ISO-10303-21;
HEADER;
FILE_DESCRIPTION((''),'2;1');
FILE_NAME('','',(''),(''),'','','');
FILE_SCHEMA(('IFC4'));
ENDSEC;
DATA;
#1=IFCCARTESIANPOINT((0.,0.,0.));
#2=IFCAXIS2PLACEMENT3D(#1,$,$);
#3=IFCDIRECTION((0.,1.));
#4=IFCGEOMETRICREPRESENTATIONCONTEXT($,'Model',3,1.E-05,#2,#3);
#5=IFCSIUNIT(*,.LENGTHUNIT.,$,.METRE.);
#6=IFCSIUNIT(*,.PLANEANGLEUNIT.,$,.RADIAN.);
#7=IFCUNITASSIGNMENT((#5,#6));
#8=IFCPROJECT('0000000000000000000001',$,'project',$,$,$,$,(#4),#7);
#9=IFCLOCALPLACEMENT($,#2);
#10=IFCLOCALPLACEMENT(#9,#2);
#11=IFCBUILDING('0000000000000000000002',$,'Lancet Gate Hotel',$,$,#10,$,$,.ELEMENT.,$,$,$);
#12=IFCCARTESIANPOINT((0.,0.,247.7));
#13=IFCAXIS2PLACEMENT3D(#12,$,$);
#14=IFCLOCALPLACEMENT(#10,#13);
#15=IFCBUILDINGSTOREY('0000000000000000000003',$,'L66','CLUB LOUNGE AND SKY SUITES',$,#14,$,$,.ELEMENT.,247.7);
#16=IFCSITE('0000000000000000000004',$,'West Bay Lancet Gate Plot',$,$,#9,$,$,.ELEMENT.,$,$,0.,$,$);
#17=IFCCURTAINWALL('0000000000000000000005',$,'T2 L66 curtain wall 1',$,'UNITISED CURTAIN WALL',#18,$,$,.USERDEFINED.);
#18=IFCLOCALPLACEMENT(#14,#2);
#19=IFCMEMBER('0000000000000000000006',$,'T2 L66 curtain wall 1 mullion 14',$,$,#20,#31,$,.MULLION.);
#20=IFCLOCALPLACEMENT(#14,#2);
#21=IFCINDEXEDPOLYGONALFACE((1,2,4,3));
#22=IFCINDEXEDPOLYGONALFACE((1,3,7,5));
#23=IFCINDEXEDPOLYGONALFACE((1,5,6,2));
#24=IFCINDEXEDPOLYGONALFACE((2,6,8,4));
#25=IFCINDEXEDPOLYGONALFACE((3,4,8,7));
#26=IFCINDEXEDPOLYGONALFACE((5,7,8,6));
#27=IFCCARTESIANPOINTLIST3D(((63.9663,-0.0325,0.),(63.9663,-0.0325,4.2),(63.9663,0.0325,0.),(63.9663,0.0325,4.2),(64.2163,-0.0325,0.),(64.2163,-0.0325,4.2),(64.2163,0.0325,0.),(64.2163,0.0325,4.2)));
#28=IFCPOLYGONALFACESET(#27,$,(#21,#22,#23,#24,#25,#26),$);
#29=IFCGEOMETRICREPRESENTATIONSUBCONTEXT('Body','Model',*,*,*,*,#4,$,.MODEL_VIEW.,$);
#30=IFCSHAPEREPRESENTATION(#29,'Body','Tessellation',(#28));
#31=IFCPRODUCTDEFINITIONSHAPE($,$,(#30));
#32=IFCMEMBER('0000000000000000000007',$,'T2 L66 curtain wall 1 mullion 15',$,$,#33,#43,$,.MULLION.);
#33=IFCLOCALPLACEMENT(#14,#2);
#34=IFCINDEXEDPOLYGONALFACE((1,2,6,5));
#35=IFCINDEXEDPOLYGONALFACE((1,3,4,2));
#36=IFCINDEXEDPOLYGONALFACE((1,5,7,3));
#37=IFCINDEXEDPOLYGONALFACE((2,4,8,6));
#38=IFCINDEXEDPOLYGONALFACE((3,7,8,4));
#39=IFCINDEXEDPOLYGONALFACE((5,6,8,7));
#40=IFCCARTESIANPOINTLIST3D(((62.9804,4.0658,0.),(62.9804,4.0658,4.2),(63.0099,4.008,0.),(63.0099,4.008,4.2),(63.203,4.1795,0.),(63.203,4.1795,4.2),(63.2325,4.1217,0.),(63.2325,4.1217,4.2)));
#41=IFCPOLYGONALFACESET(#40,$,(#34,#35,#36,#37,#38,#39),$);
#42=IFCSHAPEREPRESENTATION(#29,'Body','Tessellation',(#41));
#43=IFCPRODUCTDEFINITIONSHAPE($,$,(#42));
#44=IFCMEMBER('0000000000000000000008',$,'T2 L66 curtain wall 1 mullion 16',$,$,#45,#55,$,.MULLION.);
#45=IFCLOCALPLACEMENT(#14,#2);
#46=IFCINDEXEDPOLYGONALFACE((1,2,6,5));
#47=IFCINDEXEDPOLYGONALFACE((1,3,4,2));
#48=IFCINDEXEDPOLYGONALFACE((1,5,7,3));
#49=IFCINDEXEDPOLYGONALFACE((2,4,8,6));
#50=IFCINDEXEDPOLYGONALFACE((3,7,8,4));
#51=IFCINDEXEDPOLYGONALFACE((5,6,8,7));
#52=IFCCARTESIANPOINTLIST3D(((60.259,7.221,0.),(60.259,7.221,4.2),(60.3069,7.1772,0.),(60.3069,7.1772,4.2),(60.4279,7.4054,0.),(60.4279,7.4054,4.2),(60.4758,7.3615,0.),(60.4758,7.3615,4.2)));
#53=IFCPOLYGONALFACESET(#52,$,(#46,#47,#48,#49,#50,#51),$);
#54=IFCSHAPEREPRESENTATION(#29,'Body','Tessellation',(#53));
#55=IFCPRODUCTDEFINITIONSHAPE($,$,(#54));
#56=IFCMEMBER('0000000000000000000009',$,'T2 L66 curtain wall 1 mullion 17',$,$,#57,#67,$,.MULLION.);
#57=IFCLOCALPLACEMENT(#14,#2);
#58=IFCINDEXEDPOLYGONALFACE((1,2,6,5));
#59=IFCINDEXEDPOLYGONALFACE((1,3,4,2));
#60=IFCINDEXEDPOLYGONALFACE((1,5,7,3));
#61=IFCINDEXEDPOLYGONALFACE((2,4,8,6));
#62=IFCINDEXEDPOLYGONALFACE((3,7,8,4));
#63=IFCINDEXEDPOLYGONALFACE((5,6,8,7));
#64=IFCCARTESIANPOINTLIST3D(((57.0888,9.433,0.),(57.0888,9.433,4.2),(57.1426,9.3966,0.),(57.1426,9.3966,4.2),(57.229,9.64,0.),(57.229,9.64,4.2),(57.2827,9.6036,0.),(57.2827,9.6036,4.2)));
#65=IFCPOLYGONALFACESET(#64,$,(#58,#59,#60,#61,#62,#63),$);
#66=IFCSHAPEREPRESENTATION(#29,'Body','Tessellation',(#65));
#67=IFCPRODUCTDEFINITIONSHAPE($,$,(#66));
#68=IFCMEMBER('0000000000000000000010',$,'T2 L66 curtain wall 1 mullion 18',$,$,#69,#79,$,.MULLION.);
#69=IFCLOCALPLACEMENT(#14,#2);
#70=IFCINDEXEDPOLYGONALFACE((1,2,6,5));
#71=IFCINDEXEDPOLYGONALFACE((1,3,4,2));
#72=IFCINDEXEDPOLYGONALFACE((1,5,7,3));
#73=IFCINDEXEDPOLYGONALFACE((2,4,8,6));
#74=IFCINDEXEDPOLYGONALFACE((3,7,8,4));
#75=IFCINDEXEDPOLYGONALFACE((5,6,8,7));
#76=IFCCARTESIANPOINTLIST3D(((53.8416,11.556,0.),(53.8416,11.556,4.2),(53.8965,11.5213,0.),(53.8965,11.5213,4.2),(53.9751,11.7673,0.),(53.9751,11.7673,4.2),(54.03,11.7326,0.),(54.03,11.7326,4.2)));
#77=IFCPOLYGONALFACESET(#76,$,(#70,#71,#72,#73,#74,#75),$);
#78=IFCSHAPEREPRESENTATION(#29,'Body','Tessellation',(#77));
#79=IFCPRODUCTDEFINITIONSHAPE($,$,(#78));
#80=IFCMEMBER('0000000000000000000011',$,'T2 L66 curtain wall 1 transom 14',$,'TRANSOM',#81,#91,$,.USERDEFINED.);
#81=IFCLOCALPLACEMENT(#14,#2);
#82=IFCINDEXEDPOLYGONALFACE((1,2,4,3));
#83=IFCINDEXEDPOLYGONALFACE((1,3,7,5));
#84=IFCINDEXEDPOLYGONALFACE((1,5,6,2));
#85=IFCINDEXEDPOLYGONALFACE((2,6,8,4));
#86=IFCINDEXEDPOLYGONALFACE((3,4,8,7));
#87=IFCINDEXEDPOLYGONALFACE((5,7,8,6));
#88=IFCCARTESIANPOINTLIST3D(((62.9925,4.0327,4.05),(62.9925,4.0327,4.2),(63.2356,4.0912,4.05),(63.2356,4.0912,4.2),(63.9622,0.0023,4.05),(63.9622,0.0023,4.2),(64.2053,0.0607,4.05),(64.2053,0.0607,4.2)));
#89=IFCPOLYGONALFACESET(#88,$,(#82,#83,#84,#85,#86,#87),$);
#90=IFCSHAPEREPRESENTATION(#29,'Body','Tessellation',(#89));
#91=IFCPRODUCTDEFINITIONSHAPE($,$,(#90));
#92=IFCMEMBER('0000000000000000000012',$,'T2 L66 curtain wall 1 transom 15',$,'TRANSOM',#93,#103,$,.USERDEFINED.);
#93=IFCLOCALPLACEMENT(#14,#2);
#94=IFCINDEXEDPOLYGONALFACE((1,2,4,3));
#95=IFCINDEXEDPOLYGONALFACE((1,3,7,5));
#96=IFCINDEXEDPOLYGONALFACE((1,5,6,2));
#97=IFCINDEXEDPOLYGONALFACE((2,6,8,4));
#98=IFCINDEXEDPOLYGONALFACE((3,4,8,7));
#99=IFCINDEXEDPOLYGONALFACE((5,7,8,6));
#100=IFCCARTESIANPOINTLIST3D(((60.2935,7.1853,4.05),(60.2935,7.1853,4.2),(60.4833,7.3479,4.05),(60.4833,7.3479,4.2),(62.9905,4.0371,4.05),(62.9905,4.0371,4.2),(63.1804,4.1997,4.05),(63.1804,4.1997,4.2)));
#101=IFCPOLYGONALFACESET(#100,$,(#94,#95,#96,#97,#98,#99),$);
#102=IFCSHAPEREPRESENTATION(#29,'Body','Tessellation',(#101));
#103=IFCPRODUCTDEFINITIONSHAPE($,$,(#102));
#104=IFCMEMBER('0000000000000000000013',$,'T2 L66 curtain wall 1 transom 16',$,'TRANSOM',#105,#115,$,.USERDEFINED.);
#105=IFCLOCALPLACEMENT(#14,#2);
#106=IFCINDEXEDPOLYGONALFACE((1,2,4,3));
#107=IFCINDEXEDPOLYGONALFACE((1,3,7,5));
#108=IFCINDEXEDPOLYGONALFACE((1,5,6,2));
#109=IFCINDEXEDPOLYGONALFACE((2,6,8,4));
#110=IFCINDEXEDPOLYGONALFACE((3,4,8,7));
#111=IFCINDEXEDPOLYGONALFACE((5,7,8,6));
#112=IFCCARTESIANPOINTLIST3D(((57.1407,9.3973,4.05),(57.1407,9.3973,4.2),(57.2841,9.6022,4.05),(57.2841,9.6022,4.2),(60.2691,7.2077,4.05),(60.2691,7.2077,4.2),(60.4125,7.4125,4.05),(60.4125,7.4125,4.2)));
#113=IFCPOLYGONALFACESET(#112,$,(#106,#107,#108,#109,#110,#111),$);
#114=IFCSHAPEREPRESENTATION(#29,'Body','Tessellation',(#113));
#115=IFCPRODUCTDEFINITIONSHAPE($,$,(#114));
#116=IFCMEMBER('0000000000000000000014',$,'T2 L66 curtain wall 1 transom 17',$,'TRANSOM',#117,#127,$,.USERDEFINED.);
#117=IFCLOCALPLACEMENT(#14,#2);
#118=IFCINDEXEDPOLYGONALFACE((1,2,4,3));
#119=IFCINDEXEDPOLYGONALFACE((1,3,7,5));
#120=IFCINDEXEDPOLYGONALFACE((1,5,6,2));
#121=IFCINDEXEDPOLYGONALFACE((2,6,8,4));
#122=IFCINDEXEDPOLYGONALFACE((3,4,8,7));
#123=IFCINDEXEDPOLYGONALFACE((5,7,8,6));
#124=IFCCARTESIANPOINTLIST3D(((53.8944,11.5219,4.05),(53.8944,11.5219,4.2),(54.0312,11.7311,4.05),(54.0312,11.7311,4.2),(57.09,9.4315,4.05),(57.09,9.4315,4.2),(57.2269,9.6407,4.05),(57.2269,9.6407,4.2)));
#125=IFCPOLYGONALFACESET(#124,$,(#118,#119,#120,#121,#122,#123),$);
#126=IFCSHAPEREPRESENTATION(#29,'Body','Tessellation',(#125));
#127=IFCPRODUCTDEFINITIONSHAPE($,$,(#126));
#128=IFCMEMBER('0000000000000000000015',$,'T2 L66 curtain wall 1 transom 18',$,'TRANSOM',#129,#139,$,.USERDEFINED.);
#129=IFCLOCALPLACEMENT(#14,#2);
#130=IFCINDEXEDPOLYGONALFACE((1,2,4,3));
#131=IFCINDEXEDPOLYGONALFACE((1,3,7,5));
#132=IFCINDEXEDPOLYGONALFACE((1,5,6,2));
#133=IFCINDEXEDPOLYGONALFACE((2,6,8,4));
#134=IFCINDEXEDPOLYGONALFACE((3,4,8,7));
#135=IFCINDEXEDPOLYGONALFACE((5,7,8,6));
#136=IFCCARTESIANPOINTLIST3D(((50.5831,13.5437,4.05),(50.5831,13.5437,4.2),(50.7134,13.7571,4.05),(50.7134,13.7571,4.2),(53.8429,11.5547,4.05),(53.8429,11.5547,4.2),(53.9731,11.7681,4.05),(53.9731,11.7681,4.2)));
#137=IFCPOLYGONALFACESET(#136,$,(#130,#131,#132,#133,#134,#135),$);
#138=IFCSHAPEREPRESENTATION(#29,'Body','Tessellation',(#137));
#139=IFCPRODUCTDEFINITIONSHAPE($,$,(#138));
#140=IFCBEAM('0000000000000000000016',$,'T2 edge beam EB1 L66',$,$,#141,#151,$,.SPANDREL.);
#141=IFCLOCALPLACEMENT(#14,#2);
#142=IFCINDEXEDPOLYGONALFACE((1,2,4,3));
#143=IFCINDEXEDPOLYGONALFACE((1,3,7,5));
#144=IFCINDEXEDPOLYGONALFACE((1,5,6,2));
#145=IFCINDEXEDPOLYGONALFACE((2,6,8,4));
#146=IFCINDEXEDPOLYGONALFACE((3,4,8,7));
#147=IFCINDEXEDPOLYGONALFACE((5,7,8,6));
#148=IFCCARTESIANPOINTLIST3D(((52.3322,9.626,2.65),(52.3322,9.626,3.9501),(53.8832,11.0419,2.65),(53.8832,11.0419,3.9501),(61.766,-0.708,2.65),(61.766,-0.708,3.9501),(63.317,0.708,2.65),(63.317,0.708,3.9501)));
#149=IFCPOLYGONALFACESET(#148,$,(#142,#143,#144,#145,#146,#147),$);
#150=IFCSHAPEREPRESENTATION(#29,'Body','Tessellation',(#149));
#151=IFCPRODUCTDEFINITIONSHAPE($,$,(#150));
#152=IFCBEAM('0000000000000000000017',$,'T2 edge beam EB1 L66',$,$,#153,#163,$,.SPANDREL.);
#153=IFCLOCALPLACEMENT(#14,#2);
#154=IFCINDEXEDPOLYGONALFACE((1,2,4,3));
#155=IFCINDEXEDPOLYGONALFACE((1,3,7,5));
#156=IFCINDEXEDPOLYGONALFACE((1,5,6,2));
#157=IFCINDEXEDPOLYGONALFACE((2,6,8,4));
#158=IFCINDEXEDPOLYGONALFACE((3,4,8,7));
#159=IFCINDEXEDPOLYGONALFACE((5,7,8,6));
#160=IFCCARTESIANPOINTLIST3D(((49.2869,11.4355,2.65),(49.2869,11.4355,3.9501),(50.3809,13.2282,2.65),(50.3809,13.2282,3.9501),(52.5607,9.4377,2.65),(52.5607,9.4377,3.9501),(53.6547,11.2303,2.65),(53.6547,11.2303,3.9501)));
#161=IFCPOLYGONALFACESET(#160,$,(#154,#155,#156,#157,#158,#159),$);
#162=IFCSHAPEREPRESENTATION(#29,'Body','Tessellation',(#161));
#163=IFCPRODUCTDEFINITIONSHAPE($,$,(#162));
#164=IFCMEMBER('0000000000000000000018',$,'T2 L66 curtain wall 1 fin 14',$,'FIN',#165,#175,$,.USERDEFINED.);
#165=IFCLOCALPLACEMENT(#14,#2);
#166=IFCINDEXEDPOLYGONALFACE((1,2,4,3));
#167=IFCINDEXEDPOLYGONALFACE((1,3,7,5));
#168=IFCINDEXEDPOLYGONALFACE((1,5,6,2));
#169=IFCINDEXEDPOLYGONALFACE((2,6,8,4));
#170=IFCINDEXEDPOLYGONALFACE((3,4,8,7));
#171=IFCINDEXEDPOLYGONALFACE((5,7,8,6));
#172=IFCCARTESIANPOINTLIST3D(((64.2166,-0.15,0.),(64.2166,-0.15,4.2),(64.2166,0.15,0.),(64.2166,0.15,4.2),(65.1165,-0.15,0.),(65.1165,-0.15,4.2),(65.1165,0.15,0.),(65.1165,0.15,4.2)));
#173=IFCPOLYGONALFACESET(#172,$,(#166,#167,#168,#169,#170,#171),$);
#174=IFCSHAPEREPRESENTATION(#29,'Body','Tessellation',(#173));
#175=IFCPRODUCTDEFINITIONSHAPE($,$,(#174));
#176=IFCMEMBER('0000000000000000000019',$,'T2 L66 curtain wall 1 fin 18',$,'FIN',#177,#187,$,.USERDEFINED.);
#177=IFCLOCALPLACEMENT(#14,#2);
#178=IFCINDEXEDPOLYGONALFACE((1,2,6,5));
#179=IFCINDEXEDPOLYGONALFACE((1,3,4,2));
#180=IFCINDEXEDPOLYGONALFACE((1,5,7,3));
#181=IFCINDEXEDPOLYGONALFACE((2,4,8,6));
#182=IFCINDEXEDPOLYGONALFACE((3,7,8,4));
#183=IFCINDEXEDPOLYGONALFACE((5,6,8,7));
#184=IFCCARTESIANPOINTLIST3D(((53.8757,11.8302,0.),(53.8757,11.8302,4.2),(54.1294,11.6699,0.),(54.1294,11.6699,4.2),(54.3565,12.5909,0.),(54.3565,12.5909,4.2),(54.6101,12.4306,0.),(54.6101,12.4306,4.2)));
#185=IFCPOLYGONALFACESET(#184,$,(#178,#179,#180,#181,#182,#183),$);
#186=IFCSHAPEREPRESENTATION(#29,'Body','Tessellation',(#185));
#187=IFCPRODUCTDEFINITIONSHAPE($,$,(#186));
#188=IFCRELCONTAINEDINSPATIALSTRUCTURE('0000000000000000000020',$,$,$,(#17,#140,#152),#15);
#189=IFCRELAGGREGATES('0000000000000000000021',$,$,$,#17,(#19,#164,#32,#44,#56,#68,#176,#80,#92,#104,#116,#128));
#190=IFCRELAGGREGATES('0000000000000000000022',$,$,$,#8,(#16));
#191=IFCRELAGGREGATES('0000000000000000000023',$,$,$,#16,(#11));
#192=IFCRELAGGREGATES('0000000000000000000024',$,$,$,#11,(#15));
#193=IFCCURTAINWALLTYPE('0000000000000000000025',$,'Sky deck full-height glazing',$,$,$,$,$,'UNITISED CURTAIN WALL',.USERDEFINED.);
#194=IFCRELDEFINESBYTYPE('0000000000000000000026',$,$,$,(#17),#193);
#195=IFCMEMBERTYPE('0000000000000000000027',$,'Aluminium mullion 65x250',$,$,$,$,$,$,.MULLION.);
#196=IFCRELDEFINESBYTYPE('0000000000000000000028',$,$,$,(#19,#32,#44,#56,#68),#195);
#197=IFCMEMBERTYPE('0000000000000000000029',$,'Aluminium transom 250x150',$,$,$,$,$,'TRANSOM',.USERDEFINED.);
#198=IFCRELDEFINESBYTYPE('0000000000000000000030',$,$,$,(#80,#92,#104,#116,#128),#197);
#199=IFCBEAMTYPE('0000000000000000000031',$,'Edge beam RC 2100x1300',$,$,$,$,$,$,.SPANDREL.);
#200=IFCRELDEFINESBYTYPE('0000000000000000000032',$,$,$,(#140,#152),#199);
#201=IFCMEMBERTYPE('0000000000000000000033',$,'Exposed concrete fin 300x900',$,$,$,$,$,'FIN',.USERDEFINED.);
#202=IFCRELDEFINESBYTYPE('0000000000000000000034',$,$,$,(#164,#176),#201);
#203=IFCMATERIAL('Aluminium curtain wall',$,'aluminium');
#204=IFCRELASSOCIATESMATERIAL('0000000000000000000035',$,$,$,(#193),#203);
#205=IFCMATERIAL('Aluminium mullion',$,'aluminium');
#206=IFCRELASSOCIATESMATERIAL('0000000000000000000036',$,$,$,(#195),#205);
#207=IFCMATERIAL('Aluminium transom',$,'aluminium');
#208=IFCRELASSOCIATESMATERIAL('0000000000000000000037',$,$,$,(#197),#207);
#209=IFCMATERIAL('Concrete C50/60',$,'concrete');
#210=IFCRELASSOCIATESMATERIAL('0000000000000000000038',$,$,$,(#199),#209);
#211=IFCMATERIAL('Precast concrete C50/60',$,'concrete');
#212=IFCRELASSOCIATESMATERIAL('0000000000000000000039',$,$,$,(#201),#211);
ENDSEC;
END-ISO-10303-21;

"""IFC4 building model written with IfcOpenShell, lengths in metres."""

from ifc_helpers import new_model, si_unit, direction, frame, origin, origin_2d, place, context, subcontext, project, spatial, rectangle, extrude, material, material_profile, profile_set, type_object, element, aggregate, save


model = new_model("IFC4")

# Units and contexts
model_context = context("Model", 3, precision=1e-05, world=origin(), true_north=direction((0.0, 1.0)))
body_context = subcontext(model_context, "Body", "Model", "MODEL_VIEW")
ifc_project = project(units=[si_unit("LENGTHUNIT", "METRE"), si_unit("PLANEANGLEUNIT", "RADIAN")], contexts=[model_context])

# Site, building, storey
site_placement = place(None, origin())
site = spatial("IfcSite", under=ifc_project, at=site_placement, Name="West Bay Lancet Gate Plot", CompositionType="ELEMENT", RefElevation=0.0)
building_placement = place(site_placement, origin())
building = spatial("IfcBuilding", under=site, at=building_placement, Name="Lancet Gate Hotel", CompositionType="ELEMENT")
storey_placement = place(building_placement, frame((0.0, 0.0, 247.7)))
storey = spatial("IfcBuildingStorey", under=building, at=storey_placement, Name="L66", Description="CLUB LOUNGE AND SKY SUITES", CompositionType="ELEMENT", Elevation=247.7)

# Curtain wall, members
ifc_material_1 = material(Name="Aluminium curtain wall", Category="aluminium")
curtain_wall_type = type_object("IfcCurtainWallType", Name="Sky deck full-height glazing", ElementType="UNITISED CURTAIN WALL", PredefinedType="USERDEFINED", material=ifc_material_1)
curtain_wall_placement = place(storey_placement, origin())
curtain_wall = element("IfcCurtainWall", 1, at=curtain_wall_placement, inside=storey, type_object=curtain_wall_type, Name="T2 L66 curtain wall 1", ObjectType="UNITISED CURTAIN WALL", PredefinedType="USERDEFINED")
ifc_material_2 = material(Name="Aluminium mullion", Category="aluminium")
ifc_material_profile_1 = material_profile(ifc_material_2, rectangle(XDim=0.0649, YDim=0.25, at=origin_2d()), Name="MULLION 65x250")
ifc_profile_set_1 = profile_set([ifc_material_profile_1], Name="Aluminium mullion")
member_type_1 = type_object("IfcMemberType", Name="Aluminium mullion 65x250", PredefinedType="MULLION", material=ifc_profile_set_1)
member_1_placement = place(storey_placement, frame((64.0913, 0.0, 0.0), z_axis=(0.0, 0.0, 1.0), x_axis=(0.0, 1.0, 0.0)))
member_1 = element("IfcMember", 2, at=member_1_placement, type_object=member_type_1, Name="T2 L66 curtain wall 1 mullion 14", PredefinedType="MULLION", context=body_context, shape_type="SweptSolid", body=[
    extrude(rectangle(XDim=0.0649, YDim=0.25, at=origin_2d()), origin(), (0.0, 0.0, 1.0), 4.2),
])
member_2_placement = place(storey_placement, frame((63.1064, 4.0938, 0.0), z_axis=(0.0, 0.0, 1.0), x_axis=(-0.454853, 0.890567, 0.0)))
member_2 = element("IfcMember", 3, at=member_2_placement, type_object=member_type_1, Name="T2 L66 curtain wall 1 mullion 15", PredefinedType="MULLION", context=body_context, shape_type="SweptSolid", body=[
    extrude(rectangle(XDim=0.0649, YDim=0.25, at=origin_2d()), origin(), (0.0, 0.0, 1.0), 4.2),
])
member_3_placement = place(storey_placement, frame((60.3674, 7.2913, 0.0), z_axis=(0.0, 0.0, 1.0), x_axis=(-0.737323, 0.67554, 0.0)))
member_3 = element("IfcMember", 4, at=member_3_placement, type_object=member_type_1, Name="T2 L66 curtain wall 1 mullion 16", PredefinedType="MULLION", context=body_context, shape_type="SweptSolid", body=[
    extrude(rectangle(XDim=0.0649, YDim=0.25, at=origin_2d()), origin(), (0.0, 0.0, 1.0), 4.2),
])
member_4_placement = place(storey_placement, frame((57.1858, 9.5183, 0.0), z_axis=(0.0, 0.0, 1.0), x_axis=(-0.828155, 0.5605, 0.0)))
member_4 = element("IfcMember", 5, at=member_4_placement, type_object=member_type_1, Name="T2 L66 curtain wall 1 mullion 17", PredefinedType="MULLION", context=body_context, shape_type="SweptSolid", body=[
    extrude(rectangle(XDim=0.0649, YDim=0.25, at=origin_2d()), origin(), (0.0, 0.0, 1.0), 4.2),
])
member_5_placement = place(storey_placement, frame((53.9358, 11.6443, 0.0), z_axis=(0.0, 0.0, 1.0), x_axis=(-0.84534, 0.534229, 0.0)))
member_5 = element("IfcMember", 6, at=member_5_placement, type_object=member_type_1, Name="T2 L66 curtain wall 1 mullion 18", PredefinedType="MULLION", context=body_context, shape_type="SweptSolid", body=[
    extrude(rectangle(XDim=0.0649, YDim=0.25, at=origin_2d()), origin(), (0.0, 0.0, 1.0), 4.2),
])
ifc_material_3 = material(Name="Aluminium transom", Category="aluminium")
ifc_material_profile_2 = material_profile(ifc_material_3, rectangle(XDim=0.25, YDim=0.1499, at=origin_2d()), Name="TRANSOM 250x150")
ifc_profile_set_2 = profile_set([ifc_material_profile_2], Name="Aluminium transom")
member_type_2 = type_object("IfcMemberType", Name="Aluminium transom 250x150", ElementType="TRANSOM", PredefinedType="USERDEFINED", material=ifc_profile_set_2)
member_6_placement = place(storey_placement, frame((64.0837, 0.0315, 4.125), z_axis=(-0.233921, 0.972256, 0.0), x_axis=(-0.972256, -0.233921, 0.0)))
member_6 = element("IfcMember", 7, at=member_6_placement, type_object=member_type_2, Name="T2 L66 curtain wall 1 transom 14", ObjectType="TRANSOM", PredefinedType="USERDEFINED", context=body_context, shape_type="SweptSolid", body=[
    extrude(rectangle(XDim=0.25, YDim=0.1499, at=origin_2d()), origin(), (0.0, 0.0, 1.0), 4.1455),
])
member_7_placement = place(storey_placement, frame((63.0854, 4.1184, 4.125), z_axis=(-0.650593, 0.759427, 0.0), x_axis=(-0.759427, -0.650593, 0.0)))
member_7 = element("IfcMember", 8, at=member_7_placement, type_object=member_type_2, Name="T2 L66 curtain wall 1 transom 15", ObjectType="TRANSOM", PredefinedType="USERDEFINED", context=body_context, shape_type="SweptSolid", body=[
    extrude(rectangle(XDim=0.25, YDim=0.1499, at=origin_2d()), origin(), (0.0, 0.0, 1.0), 4.1455),
])
member_8_placement = place(storey_placement, frame((60.3408, 7.3101, 4.125), z_axis=(-0.819256, 0.573428, 0.0), x_axis=(-0.573428, -0.819256, 0.0)))
member_8 = element("IfcMember", 9, at=member_8_placement, type_object=member_type_2, Name="T2 L66 curtain wall 1 transom 16", ObjectType="TRANSOM", PredefinedType="USERDEFINED", context=body_context, shape_type="SweptSolid", body=[
    extrude(rectangle(XDim=0.25, YDim=0.1499, at=origin_2d()), origin(), (0.0, 0.0, 1.0), 3.8186),
])
member_9_placement = place(storey_placement, frame((57.1584, 9.5361, 4.125), z_axis=(-0.836858, 0.54742, 0.0), x_axis=(-0.54742, -0.836858, 0.0)))
member_9 = element("IfcMember", 10, at=member_9_placement, type_object=member_type_2, Name="T2 L66 curtain wall 1 transom 17", ObjectType="TRANSOM", PredefinedType="USERDEFINED", context=body_context, shape_type="SweptSolid", body=[
    extrude(rectangle(XDim=0.25, YDim=0.1499, at=origin_2d()), origin(), (0.0, 0.0, 1.0), 3.8186),
])
member_10_placement = place(storey_placement, frame((53.908, 11.6614, 4.125), z_axis=(-0.853639, 0.520865, 0.0), x_axis=(-0.520865, -0.853639, 0.0)))
member_10 = element("IfcMember", 11, at=member_10_placement, type_object=member_type_2, Name="T2 L66 curtain wall 1 transom 18", ObjectType="TRANSOM", PredefinedType="USERDEFINED", context=body_context, shape_type="SweptSolid", body=[
    extrude(rectangle(XDim=0.25, YDim=0.1499, at=origin_2d()), origin(), (0.0, 0.0, 1.0), 3.8186),
])

# Beams
ifc_material_4 = material(Name="Concrete C50/60", Category="concrete")
ifc_material_profile_3 = material_profile(ifc_material_4, rectangle(XDim=2.1001, YDim=1.3, at=origin_2d()), Name="RC 2100x1300")
ifc_profile_set_3 = profile_set([ifc_material_profile_3], Name="Concrete C50/60")
beam_type_1 = type_object("IfcBeamType", Name="Edge beam RC 2100x1300", PredefinedType="SPANDREL", material=ifc_profile_set_3)
beam_1_placement = place(storey_placement, frame((62.5415, 0.0, 3.3), z_axis=(-0.674209, 0.73854, 0.0), x_axis=(-0.73854, -0.674209, 0.0)))
element("IfcBeam", 12, at=beam_1_placement, inside=storey, type_object=beam_type_1, Name="T2 edge beam EB1 L66", PredefinedType="SPANDREL", context=body_context, shape_type="SweptSolid", body=[
    extrude(rectangle(XDim=2.1001, YDim=1.3, at=origin_2d()), origin(), (0.0, 0.0, 1.0), 13.9924),
])
beam_2_placement = place(storey_placement, frame((53.1077, 10.334, 3.3), z_axis=(-0.853604, 0.520922, 0.0), x_axis=(-0.520922, -0.853604, 0.0)))
element("IfcBeam", 13, at=beam_2_placement, inside=storey, type_object=beam_type_1, Name="T2 edge beam EB1 L66", PredefinedType="SPANDREL", context=body_context, shape_type="SweptSolid", body=[
    extrude(rectangle(XDim=2.1001, YDim=1.3, at=origin_2d()), origin(), (0.0, 0.0, 1.0), 3.8352),
])

# Members
ifc_material_5 = material(Name="Precast concrete C50/60", Category="concrete")
ifc_material_profile_4 = material_profile(ifc_material_5, rectangle(XDim=0.3, YDim=0.8999, at=origin_2d()), Name="FIN 300x900")
ifc_profile_set_4 = profile_set([ifc_material_profile_4], Name="Precast concrete C50/60")
member_type_3 = type_object("IfcMemberType", Name="Exposed concrete fin 300x900", ElementType="FIN", PredefinedType="USERDEFINED", material=ifc_profile_set_4)
member_11_placement = place(storey_placement, frame((64.6665, 0.0, 0.0), z_axis=(0.0, 0.0, 1.0), x_axis=(0.0, 1.0, 0.0)))
member_11 = element("IfcMember", 14, at=member_11_placement, type_object=member_type_3, Name="T2 L66 curtain wall 1 fin 14", ObjectType="FIN", PredefinedType="USERDEFINED", context=body_context, shape_type="SweptSolid", body=[
    extrude(rectangle(XDim=0.3, YDim=0.8999, at=origin_2d()), origin(), (0.0, 0.0, 1.0), 4.2),
])
member_12_placement = place(storey_placement, frame((54.2429, 12.1304, 0.0), z_axis=(0.0, 0.0, 1.0), x_axis=(-0.84534, 0.534229, 0.0)))
member_12 = element("IfcMember", 15, at=member_12_placement, type_object=member_type_3, Name="T2 L66 curtain wall 1 fin 18", ObjectType="FIN", PredefinedType="USERDEFINED", context=body_context, shape_type="SweptSolid", body=[
    extrude(rectangle(XDim=0.3, YDim=0.8999, at=origin_2d()), origin(), (0.0, 0.0, 1.0), 4.2),
])

aggregate(curtain_wall, [member_1, member_11, member_2, member_3, member_4, member_5, member_12, member_6, member_7, member_8, member_9, member_10])

save(model, "model.ifc")
